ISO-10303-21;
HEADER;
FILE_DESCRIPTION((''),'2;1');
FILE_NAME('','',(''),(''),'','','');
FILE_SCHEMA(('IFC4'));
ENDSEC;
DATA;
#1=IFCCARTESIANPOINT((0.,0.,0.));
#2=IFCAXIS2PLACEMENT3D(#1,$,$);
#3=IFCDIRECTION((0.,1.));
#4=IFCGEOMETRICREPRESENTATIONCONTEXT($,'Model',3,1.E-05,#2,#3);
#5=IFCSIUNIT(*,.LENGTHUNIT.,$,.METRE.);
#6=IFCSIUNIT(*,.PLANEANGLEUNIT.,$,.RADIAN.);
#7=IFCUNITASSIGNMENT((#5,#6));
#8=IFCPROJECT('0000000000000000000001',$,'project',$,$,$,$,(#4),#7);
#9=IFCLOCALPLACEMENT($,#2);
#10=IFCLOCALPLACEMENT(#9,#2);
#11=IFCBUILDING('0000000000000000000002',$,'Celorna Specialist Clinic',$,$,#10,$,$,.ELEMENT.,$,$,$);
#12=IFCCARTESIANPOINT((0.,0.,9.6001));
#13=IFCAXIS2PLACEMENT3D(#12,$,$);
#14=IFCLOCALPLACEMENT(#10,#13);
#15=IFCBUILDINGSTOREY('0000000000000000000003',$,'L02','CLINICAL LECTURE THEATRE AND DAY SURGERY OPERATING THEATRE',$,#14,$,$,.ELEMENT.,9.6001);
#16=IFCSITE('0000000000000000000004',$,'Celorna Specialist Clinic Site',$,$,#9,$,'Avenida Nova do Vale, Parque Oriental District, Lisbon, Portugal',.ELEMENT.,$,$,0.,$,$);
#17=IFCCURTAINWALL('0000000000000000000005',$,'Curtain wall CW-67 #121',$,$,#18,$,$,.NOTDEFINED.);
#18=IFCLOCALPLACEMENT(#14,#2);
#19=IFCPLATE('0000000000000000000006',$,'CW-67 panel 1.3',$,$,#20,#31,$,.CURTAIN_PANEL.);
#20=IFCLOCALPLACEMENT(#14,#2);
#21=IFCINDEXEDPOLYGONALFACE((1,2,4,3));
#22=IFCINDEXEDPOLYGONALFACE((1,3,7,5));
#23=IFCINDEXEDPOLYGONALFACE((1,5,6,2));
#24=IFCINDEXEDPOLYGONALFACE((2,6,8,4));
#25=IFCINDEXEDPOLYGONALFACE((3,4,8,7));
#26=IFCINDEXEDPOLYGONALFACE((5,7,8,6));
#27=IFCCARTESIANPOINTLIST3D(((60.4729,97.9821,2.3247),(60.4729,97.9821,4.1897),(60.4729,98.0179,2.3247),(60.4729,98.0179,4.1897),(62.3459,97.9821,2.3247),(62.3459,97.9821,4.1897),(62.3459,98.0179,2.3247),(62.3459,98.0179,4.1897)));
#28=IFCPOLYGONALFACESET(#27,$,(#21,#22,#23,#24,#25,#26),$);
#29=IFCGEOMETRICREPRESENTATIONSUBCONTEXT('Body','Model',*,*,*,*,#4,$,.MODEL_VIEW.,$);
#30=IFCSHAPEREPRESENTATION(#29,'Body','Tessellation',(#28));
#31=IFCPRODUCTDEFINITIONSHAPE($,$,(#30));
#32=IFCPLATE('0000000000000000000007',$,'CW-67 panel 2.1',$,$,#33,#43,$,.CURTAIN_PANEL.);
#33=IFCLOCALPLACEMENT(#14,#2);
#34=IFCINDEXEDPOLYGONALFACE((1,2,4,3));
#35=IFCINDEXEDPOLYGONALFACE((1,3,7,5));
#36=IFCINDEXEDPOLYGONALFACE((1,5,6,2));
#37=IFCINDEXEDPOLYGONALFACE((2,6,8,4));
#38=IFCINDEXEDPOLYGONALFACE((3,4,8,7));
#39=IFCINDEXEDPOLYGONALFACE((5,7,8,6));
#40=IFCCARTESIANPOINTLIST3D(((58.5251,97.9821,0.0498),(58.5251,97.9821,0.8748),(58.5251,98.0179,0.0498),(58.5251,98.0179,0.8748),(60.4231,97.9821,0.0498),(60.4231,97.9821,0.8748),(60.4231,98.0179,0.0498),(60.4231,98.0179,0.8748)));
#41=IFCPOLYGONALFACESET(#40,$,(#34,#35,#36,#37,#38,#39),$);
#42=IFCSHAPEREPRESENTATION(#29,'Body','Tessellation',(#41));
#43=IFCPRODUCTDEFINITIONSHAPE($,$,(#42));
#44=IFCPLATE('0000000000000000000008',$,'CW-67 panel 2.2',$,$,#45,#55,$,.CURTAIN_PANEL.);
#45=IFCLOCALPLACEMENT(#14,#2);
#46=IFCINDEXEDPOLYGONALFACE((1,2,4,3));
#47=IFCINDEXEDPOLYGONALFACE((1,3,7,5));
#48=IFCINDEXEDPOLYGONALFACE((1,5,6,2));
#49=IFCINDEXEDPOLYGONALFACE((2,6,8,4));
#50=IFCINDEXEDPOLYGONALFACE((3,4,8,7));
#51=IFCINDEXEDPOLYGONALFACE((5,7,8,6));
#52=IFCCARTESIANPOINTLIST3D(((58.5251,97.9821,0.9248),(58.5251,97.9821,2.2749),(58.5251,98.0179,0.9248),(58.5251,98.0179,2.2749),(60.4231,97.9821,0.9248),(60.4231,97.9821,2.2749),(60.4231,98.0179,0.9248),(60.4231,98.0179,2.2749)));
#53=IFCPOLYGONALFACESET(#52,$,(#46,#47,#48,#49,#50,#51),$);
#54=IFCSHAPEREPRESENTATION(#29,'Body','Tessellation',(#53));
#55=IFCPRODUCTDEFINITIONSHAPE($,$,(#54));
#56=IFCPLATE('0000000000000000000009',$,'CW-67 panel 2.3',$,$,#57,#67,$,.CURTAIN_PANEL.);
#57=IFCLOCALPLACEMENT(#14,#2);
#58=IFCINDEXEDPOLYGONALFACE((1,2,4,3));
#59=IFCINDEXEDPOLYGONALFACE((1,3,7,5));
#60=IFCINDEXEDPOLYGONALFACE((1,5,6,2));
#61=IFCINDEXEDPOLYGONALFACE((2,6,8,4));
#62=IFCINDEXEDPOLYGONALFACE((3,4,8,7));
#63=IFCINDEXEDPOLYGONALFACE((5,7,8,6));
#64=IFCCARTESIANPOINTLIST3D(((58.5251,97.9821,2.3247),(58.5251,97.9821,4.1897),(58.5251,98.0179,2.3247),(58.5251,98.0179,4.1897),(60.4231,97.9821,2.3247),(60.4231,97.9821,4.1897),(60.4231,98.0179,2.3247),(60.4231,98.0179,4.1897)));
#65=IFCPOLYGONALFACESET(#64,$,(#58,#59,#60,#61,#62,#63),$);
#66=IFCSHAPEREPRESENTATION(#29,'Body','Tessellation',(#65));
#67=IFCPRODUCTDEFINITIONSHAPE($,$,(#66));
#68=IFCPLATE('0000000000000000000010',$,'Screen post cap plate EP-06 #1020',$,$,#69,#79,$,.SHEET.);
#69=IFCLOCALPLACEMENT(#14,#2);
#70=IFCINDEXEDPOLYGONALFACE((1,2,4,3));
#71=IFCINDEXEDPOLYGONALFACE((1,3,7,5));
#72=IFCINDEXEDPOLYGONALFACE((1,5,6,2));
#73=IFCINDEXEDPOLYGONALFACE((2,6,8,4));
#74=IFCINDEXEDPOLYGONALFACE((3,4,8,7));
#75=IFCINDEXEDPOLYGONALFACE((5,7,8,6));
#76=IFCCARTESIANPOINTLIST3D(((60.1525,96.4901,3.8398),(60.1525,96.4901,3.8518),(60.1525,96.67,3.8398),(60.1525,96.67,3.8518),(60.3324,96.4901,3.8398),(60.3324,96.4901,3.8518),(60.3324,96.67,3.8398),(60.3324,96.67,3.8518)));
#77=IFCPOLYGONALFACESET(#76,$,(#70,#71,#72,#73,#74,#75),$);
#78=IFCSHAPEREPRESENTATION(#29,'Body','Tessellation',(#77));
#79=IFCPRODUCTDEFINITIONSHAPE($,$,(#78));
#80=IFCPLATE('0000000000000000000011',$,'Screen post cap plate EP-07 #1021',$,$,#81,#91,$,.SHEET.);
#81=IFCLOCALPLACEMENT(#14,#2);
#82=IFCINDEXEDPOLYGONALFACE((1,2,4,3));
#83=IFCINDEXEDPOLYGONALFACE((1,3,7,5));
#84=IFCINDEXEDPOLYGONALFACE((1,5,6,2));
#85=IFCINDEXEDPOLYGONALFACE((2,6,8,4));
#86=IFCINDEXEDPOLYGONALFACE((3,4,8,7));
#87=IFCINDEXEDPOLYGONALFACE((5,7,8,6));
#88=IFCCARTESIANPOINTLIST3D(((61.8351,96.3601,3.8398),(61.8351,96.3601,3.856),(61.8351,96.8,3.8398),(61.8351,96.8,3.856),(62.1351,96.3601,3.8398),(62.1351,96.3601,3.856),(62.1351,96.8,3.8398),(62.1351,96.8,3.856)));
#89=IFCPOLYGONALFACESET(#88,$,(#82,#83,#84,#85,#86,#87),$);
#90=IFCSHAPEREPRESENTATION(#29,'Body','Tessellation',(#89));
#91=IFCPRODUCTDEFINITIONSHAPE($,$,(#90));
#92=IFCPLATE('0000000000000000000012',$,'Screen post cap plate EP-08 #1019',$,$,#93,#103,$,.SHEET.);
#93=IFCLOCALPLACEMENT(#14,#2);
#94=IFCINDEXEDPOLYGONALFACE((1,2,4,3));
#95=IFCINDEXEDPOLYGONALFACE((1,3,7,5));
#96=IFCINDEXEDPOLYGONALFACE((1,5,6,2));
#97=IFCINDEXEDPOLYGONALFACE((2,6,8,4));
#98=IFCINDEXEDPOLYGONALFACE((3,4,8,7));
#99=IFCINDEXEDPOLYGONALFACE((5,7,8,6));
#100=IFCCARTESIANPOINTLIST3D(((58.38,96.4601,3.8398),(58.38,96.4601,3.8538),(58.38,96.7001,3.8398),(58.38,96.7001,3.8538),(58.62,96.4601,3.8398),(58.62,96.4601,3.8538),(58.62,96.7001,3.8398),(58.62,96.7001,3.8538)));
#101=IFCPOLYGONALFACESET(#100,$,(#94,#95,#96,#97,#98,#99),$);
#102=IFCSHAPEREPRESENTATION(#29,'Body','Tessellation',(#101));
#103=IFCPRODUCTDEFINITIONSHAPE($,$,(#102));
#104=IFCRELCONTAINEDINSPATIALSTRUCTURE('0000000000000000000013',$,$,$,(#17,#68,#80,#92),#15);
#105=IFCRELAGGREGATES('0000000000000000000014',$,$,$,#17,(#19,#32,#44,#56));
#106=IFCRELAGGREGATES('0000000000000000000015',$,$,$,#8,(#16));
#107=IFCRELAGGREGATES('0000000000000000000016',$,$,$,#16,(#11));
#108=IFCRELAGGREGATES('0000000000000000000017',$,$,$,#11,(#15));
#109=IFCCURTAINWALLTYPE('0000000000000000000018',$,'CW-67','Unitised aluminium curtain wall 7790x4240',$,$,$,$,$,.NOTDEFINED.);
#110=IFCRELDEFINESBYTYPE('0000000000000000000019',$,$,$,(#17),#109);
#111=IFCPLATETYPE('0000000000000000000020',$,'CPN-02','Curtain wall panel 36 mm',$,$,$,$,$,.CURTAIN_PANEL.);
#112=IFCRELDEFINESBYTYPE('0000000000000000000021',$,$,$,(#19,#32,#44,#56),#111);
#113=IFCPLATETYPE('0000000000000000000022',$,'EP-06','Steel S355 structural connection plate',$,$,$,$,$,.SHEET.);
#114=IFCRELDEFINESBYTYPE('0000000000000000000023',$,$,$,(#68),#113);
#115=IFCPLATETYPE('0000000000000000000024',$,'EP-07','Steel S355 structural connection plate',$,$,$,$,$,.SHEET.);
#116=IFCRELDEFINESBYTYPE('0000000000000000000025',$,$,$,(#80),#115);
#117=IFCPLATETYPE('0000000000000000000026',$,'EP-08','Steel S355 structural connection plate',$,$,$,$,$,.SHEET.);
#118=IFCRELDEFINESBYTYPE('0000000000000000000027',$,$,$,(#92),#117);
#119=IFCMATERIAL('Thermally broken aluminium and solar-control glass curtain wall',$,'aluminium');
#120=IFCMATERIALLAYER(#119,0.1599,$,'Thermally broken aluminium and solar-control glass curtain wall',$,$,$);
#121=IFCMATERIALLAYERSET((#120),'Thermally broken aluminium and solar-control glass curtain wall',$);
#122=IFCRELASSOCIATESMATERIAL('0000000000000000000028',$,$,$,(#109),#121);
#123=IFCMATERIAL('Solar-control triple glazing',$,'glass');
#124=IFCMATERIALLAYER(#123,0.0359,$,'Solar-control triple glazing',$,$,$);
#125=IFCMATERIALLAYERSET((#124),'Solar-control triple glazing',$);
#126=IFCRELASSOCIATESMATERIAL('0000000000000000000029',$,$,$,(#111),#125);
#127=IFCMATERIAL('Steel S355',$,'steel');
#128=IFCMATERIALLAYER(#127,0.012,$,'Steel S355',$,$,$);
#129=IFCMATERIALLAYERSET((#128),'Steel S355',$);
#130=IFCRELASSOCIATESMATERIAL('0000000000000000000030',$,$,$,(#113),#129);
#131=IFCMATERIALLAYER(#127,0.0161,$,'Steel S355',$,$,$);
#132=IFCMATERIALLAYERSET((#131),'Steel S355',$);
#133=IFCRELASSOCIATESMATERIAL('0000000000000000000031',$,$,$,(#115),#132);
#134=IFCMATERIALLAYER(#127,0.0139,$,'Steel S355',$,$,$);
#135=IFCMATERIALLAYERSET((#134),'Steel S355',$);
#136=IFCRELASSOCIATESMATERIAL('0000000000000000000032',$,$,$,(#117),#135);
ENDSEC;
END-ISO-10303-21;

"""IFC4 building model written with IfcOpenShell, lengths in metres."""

from ifc_helpers import new_model, si_unit, direction, frame, origin, origin_2d, place, context, subcontext, project, spatial, rectangle, extrude, material, layer, layer_set, type_object, element, aggregate, save


model = new_model("IFC4")

# Units and contexts
model_context = context("Model", 3, precision=1e-05, world=origin(), true_north=direction((0.0, 1.0)))
body_context = subcontext(model_context, "Body", "Model", "MODEL_VIEW")
ifc_project = project(units=[si_unit("LENGTHUNIT", "METRE"), si_unit("PLANEANGLEUNIT", "RADIAN")], contexts=[model_context])

# Site, building, storey
site_placement = place(None, origin())
site = spatial("IfcSite", under=ifc_project, at=site_placement, Name="Celorna Specialist Clinic Site", LongName="Avenida Nova do Vale, Parque Oriental District, Lisbon, Portugal", CompositionType="ELEMENT", RefElevation=0.0)
building_placement = place(site_placement, origin())
building = spatial("IfcBuilding", under=site, at=building_placement, Name="Celorna Specialist Clinic", CompositionType="ELEMENT")
storey_placement = place(building_placement, frame((0.0, 0.0, 9.6001)))
storey = spatial("IfcBuildingStorey", under=building, at=storey_placement, Name="L02", Description="CLINICAL LECTURE THEATRE AND DAY SURGERY OPERATING THEATRE", CompositionType="ELEMENT", Elevation=9.6001)

# Shared definitions
ifc_material_1 = material(Name="Steel S355", Category="steel")

# Curtain wall, plates
ifc_material_2 = material(Name="Thermally broken aluminium and solar-control glass curtain wall", Category="aluminium")
ifc_layer_1 = layer(ifc_material_2, 0.1599, Name="Thermally broken aluminium and solar-control glass curtain wall")
ifc_layer_set_1 = layer_set([ifc_layer_1], Name="Thermally broken aluminium and solar-control glass curtain wall")
curtain_wall_type = type_object("IfcCurtainWallType", Name="CW-67", Description="Unitised aluminium curtain wall 7790x4240", PredefinedType="NOTDEFINED", material=ifc_layer_set_1)
curtain_wall_placement = place(storey_placement, origin())
curtain_wall = element("IfcCurtainWall", 1, at=curtain_wall_placement, inside=storey, type_object=curtain_wall_type, Name="Curtain wall CW-67 #121", PredefinedType="NOTDEFINED")
ifc_material_3 = material(Name="Solar-control triple glazing", Category="glass")
ifc_layer_2 = layer(ifc_material_3, 0.0359, Name="Solar-control triple glazing")
ifc_layer_set_2 = layer_set([ifc_layer_2], Name="Solar-control triple glazing")
plate_type_1 = type_object("IfcPlateType", Name="CPN-02", Description="Curtain wall panel 36 mm", PredefinedType="CURTAIN_PANEL", material=ifc_layer_set_2)
plate_1_placement = place(storey_placement, frame((61.4094, 98.0, 2.3247), z_axis=(0.0, 0.0, 1.0), x_axis=(-1.0, 0.0, 0.0)))
plate_1 = element("IfcPlate", 2, at=plate_1_placement, type_object=plate_type_1, Name="CW-67 panel 1.3", PredefinedType="CURTAIN_PANEL", context=body_context, shape_type="SweptSolid", body=[
    extrude(rectangle(XDim=1.873, YDim=0.0359, at=origin_2d()), origin(), (0.0, 0.0, 1.0), 1.865),
])
plate_2_placement = place(storey_placement, frame((59.4741, 98.0, 0.0498), z_axis=(0.0, 0.0, 1.0), x_axis=(-1.0, 0.0, 0.0)))
plate_2 = element("IfcPlate", 3, at=plate_2_placement, type_object=plate_type_1, Name="CW-67 panel 2.1", PredefinedType="CURTAIN_PANEL", context=body_context, shape_type="SweptSolid", body=[
    extrude(rectangle(XDim=1.8979, YDim=0.0359, at=origin_2d()), origin(), (0.0, 0.0, 1.0), 0.825),
])
plate_3_placement = place(storey_placement, frame((59.4741, 98.0, 0.9248), z_axis=(0.0, 0.0, 1.0), x_axis=(-1.0, 0.0, 0.0)))
plate_3 = element("IfcPlate", 4, at=plate_3_placement, type_object=plate_type_1, Name="CW-67 panel 2.2", PredefinedType="CURTAIN_PANEL", context=body_context, shape_type="SweptSolid", body=[
    extrude(rectangle(XDim=1.8979, YDim=0.0359, at=origin_2d()), origin(), (0.0, 0.0, 1.0), 1.3501),
])
plate_4_placement = place(storey_placement, frame((59.4741, 98.0, 2.3247), z_axis=(0.0, 0.0, 1.0), x_axis=(-1.0, 0.0, 0.0)))
plate_4 = element("IfcPlate", 5, at=plate_4_placement, type_object=plate_type_1, Name="CW-67 panel 2.3", PredefinedType="CURTAIN_PANEL", context=body_context, shape_type="SweptSolid", body=[
    extrude(rectangle(XDim=1.8979, YDim=0.0359, at=origin_2d()), origin(), (0.0, 0.0, 1.0), 1.865),
])
aggregate(curtain_wall, [plate_1, plate_2, plate_3, plate_4])

# Plates
ifc_layer_3 = layer(ifc_material_1, 0.012, Name="Steel S355")
ifc_layer_set_3 = layer_set([ifc_layer_3], Name="Steel S355")
plate_type_2 = type_object("IfcPlateType", Name="EP-06", Description="Steel S355 structural connection plate", PredefinedType="SHEET", material=ifc_layer_set_3)
plate_5_placement = place(storey_placement, frame((60.2424, 96.5801, 3.8398), z_axis=(0.0, 0.0, 1.0), x_axis=(1.0, 0.0, 0.0)))
element("IfcPlate", 6, at=plate_5_placement, inside=storey, type_object=plate_type_2, Name="Screen post cap plate EP-06 #1020", PredefinedType="SHEET", context=body_context, shape_type="SweptSolid", body=[
    extrude(rectangle(XDim=0.1799, YDim=0.1799, at=origin_2d()), origin(), (0.0, 0.0, 1.0), 0.012),
])
ifc_layer_4 = layer(ifc_material_1, 0.0161, Name="Steel S355")
ifc_layer_set_4 = layer_set([ifc_layer_4], Name="Steel S355")
plate_type_3 = type_object("IfcPlateType", Name="EP-07", Description="Steel S355 structural connection plate", PredefinedType="SHEET", material=ifc_layer_set_4)
plate_6_placement = place(storey_placement, frame((61.9851, 96.5801, 3.8398), z_axis=(0.0, 0.0, 1.0), x_axis=(1.0, 0.0, 0.0)))
element("IfcPlate", 7, at=plate_6_placement, inside=storey, type_object=plate_type_3, Name="Screen post cap plate EP-07 #1021", PredefinedType="SHEET", context=body_context, shape_type="SweptSolid", body=[
    extrude(rectangle(XDim=0.3, YDim=0.4399, at=origin_2d()), origin(), (0.0, 0.0, 1.0), 0.0161),
])
ifc_layer_5 = layer(ifc_material_1, 0.0139, Name="Steel S355")
ifc_layer_set_5 = layer_set([ifc_layer_5], Name="Steel S355")
plate_type_4 = type_object("IfcPlateType", Name="EP-08", Description="Steel S355 structural connection plate", PredefinedType="SHEET", material=ifc_layer_set_5)
plate_7_placement = place(storey_placement, frame((58.5, 96.5801, 3.8398), z_axis=(0.0, 0.0, 1.0), x_axis=(1.0, 0.0, 0.0)))
element("IfcPlate", 8, at=plate_7_placement, inside=storey, type_object=plate_type_4, Name="Screen post cap plate EP-08 #1019", PredefinedType="SHEET", context=body_context, shape_type="SweptSolid", body=[
    extrude(rectangle(XDim=0.24, YDim=0.24, at=origin_2d()), origin(), (0.0, 0.0, 1.0), 0.0139),
])

save(model, "model.ifc")
